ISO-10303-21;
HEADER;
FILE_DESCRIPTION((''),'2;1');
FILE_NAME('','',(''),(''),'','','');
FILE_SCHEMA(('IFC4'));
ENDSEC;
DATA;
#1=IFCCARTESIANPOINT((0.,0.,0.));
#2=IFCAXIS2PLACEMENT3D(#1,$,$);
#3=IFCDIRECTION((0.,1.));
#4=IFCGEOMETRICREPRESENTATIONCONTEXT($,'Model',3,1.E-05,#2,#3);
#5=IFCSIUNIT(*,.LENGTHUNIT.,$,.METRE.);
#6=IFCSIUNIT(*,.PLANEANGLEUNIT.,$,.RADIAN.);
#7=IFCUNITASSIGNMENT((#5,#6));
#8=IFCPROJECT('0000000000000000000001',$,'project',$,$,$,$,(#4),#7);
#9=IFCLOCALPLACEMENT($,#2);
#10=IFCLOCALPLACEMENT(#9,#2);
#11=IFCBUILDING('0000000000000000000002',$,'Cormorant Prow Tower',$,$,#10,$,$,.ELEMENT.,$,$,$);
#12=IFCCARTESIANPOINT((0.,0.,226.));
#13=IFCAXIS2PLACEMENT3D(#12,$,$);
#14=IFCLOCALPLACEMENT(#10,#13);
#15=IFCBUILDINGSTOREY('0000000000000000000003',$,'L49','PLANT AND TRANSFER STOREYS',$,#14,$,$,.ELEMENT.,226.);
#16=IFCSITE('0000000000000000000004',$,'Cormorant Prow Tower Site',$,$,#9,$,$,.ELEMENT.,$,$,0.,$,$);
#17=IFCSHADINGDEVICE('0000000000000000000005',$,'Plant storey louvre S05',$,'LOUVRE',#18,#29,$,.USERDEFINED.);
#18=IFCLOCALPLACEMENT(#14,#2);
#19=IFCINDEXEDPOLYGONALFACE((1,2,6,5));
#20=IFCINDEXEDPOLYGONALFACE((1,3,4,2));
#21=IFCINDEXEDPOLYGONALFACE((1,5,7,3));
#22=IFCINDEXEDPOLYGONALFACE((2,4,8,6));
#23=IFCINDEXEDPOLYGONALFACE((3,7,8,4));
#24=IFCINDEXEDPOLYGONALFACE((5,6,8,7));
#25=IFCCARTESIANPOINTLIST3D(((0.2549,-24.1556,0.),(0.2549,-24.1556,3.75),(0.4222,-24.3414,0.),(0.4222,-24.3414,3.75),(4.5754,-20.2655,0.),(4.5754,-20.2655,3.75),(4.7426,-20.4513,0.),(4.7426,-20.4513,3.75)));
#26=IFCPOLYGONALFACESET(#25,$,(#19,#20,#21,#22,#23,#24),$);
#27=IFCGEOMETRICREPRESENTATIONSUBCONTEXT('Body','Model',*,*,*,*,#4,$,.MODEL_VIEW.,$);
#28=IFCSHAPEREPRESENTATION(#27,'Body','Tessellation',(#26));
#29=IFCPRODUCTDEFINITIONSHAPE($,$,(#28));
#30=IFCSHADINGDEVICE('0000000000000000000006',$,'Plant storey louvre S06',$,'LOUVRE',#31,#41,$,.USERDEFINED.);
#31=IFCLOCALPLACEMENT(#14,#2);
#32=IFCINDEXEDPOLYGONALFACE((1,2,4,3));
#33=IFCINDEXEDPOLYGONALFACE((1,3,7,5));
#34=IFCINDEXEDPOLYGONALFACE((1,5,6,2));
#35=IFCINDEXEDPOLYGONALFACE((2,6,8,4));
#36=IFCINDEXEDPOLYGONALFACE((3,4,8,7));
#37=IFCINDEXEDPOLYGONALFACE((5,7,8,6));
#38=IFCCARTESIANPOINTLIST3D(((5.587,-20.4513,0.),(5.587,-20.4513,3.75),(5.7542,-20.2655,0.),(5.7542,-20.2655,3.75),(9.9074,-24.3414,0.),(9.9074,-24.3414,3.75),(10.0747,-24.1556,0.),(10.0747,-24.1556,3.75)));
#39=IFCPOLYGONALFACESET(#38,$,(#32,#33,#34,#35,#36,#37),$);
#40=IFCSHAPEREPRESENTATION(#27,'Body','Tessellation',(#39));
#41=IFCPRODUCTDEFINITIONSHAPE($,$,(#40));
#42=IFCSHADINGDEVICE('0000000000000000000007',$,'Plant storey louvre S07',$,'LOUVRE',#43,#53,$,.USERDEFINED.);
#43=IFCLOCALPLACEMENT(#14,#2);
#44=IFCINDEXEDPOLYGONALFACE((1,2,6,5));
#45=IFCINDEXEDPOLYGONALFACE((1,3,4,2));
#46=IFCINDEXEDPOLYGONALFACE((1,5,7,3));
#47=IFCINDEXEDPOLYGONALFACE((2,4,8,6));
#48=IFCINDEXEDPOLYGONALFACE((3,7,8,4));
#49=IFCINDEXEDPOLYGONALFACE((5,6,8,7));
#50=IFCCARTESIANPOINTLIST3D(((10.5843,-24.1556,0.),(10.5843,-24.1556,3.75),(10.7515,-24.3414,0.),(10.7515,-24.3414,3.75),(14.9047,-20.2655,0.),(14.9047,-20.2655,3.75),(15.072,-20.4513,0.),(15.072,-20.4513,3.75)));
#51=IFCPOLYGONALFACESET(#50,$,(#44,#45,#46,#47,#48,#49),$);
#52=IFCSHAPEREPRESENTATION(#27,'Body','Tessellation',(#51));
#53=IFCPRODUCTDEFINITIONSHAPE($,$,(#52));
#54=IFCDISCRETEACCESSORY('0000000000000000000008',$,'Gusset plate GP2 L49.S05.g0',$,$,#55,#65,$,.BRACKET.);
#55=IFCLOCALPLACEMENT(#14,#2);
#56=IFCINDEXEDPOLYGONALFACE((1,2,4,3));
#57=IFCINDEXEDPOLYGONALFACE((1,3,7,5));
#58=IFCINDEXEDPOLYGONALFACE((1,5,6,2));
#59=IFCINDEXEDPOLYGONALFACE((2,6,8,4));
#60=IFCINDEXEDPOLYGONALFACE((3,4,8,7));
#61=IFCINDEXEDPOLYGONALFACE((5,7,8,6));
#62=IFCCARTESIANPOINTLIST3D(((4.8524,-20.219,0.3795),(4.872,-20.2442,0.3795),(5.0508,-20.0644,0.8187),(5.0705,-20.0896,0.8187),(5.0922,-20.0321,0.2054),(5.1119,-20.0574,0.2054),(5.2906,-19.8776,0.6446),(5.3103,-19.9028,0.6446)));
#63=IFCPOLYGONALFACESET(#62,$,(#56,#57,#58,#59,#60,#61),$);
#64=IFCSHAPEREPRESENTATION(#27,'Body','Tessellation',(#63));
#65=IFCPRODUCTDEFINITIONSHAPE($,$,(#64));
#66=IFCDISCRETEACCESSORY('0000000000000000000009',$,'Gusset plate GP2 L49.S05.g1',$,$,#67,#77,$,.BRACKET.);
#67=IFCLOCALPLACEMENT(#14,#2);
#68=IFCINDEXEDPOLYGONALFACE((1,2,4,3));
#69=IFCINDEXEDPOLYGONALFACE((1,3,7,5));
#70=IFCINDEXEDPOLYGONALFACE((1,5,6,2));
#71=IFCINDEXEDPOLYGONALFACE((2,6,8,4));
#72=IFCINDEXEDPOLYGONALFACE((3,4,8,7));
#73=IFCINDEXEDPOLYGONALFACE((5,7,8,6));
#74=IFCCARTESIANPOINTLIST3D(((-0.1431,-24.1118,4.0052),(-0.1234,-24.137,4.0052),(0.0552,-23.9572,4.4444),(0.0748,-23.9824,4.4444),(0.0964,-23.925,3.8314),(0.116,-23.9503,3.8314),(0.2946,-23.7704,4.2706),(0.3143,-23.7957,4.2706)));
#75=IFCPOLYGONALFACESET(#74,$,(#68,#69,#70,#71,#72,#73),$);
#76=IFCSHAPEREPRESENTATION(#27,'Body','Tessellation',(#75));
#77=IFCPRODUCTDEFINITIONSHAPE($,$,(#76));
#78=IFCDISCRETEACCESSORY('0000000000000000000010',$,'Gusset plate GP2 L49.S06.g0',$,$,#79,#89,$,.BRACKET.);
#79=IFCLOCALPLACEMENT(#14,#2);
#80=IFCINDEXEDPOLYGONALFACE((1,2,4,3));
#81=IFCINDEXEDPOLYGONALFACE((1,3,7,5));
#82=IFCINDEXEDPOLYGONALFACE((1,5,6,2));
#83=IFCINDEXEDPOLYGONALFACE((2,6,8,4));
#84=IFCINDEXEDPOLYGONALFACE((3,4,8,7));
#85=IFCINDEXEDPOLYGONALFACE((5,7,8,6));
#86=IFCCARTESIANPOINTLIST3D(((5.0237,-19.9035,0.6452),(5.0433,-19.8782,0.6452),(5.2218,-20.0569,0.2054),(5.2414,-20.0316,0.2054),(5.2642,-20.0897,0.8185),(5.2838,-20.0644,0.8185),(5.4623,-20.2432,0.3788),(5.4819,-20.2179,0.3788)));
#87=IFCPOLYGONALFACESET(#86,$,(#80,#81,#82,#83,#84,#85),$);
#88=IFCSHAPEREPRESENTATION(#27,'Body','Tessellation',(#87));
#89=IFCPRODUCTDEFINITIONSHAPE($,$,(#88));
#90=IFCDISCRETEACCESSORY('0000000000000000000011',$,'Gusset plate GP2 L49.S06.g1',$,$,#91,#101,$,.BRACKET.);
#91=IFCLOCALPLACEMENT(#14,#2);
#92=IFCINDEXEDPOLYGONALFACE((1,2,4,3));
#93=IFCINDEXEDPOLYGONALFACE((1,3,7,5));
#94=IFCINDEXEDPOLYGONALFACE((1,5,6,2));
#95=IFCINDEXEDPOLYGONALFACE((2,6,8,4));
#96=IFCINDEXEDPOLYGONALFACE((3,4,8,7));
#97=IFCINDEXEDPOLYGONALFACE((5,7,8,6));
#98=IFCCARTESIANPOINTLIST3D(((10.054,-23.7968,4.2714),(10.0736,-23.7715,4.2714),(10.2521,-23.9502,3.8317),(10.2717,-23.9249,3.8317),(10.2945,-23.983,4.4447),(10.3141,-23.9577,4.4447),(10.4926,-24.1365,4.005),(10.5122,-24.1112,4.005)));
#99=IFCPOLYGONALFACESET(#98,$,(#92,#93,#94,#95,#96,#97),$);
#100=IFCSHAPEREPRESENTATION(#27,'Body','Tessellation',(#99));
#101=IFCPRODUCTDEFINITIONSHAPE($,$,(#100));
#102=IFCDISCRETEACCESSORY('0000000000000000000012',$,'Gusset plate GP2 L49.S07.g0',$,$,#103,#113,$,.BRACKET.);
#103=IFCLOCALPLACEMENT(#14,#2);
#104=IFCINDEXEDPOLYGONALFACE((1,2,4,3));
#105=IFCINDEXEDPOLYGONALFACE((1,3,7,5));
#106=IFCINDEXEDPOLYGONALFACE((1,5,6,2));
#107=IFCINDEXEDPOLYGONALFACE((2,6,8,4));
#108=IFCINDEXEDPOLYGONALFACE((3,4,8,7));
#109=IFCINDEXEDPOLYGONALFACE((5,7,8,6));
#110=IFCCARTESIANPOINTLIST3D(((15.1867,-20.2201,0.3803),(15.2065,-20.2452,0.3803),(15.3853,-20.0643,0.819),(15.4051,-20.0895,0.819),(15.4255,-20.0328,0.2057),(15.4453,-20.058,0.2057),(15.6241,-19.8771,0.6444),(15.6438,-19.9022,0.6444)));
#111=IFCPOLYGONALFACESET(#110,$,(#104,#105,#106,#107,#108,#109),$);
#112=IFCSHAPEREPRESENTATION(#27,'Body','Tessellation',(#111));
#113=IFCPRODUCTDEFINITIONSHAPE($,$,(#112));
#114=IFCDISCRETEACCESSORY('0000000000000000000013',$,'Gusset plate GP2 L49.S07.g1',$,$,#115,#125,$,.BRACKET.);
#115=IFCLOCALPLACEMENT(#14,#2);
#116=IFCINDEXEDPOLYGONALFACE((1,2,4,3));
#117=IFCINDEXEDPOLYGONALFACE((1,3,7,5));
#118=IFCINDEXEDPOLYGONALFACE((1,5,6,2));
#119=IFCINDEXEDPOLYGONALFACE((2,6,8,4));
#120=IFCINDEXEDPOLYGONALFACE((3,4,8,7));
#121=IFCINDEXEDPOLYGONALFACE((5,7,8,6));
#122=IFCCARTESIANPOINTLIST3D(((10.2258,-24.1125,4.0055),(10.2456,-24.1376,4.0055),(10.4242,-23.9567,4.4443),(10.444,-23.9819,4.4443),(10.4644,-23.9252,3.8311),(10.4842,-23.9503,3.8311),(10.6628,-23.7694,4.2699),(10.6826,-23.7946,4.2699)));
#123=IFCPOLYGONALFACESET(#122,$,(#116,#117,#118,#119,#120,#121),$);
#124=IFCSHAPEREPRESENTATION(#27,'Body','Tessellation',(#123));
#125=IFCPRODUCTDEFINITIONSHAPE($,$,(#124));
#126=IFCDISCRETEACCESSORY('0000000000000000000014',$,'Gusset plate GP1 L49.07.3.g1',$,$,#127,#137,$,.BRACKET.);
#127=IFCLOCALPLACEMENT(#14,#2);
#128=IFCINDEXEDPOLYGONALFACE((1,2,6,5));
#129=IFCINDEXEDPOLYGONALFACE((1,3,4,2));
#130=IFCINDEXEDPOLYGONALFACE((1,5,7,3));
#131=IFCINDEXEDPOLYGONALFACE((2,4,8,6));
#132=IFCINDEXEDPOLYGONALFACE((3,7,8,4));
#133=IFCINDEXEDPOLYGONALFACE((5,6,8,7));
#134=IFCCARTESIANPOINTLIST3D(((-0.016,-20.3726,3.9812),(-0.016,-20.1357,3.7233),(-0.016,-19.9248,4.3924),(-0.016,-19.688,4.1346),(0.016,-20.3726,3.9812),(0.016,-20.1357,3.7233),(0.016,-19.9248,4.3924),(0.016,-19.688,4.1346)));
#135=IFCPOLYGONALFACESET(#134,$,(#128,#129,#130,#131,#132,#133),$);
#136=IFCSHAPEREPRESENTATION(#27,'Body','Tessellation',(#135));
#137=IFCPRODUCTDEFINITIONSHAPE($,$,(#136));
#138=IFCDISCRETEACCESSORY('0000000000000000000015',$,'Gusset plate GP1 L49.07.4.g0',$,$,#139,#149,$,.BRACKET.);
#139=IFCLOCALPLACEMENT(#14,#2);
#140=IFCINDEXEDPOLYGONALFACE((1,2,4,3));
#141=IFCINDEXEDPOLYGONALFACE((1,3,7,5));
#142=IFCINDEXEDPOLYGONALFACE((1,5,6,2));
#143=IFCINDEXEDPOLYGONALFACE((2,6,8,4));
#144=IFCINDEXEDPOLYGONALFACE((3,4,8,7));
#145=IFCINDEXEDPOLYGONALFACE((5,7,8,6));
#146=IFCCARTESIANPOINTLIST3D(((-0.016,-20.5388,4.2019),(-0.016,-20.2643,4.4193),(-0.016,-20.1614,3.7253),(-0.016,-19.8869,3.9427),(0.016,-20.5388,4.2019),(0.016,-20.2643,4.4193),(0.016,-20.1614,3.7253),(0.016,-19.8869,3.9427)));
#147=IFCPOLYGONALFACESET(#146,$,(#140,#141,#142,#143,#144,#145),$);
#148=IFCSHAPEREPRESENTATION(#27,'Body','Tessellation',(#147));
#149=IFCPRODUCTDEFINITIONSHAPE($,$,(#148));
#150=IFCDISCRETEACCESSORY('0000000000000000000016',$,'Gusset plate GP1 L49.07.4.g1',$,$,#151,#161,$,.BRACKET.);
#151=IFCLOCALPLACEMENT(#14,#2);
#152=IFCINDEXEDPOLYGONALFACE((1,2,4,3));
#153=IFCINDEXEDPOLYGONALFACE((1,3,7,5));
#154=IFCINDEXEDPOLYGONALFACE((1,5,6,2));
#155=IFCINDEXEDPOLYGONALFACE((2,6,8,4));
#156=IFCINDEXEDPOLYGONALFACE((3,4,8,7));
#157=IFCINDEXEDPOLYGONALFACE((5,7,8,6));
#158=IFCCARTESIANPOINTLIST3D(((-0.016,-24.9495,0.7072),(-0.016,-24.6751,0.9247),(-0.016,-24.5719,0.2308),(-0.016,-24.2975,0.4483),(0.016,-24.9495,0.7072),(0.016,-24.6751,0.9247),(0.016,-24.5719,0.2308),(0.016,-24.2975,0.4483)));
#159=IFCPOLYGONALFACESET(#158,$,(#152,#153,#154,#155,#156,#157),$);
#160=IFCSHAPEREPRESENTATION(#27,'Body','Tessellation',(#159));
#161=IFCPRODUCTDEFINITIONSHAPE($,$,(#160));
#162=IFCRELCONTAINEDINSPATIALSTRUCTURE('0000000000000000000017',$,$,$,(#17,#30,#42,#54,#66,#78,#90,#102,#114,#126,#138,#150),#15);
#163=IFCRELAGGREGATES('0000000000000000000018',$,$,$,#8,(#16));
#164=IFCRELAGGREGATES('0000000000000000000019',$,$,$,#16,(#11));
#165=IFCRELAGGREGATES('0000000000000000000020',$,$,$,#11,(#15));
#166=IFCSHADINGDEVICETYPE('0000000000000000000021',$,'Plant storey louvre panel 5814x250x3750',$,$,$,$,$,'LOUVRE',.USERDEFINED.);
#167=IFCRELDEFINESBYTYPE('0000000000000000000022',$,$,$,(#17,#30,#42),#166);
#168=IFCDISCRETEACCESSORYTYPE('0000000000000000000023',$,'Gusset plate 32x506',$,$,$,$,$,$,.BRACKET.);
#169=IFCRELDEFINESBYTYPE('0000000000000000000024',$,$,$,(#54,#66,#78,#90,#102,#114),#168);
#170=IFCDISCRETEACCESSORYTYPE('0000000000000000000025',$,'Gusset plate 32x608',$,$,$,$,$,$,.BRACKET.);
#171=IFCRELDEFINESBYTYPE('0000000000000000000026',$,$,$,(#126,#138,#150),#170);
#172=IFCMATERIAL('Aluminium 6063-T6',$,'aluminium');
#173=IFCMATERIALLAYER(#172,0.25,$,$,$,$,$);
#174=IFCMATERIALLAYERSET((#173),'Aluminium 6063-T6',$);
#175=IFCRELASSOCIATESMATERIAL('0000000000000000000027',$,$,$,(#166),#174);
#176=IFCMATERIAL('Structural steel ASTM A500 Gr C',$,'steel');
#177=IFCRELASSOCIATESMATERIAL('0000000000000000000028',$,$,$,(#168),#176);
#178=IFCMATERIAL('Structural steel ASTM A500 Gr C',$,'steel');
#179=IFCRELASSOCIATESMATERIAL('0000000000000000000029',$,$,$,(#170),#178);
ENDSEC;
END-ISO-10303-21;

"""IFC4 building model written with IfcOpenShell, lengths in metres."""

from ifc_helpers import new_model, si_unit, direction, frame, origin, origin_2d, place, context, subcontext, project, spatial, rectangle, extrude, material, layer, layer_set, material_profile, profile_set, type_object, element, save


model = new_model("IFC4")

# Units and contexts
model_context = context("Model", 3, precision=1e-05, world=origin(), true_north=direction((0.0, 1.0)))
body_context = subcontext(model_context, "Body", "Model", "MODEL_VIEW")
ifc_project = project(units=[si_unit("LENGTHUNIT", "METRE"), si_unit("PLANEANGLEUNIT", "RADIAN")], contexts=[model_context])

# Site, building, storey
site_placement = place(None, origin())
site = spatial("IfcSite", under=ifc_project, at=site_placement, Name="Cormorant Prow Tower Site", CompositionType="ELEMENT", RefElevation=0.0)
building_placement = place(site_placement, origin())
building = spatial("IfcBuilding", under=site, at=building_placement, Name="Cormorant Prow Tower", CompositionType="ELEMENT")
storey_placement = place(building_placement, frame((0.0, 0.0, 226.0)))
storey = spatial("IfcBuildingStorey", under=building, at=storey_placement, Name="L49", Description="PLANT AND TRANSFER STOREYS", CompositionType="ELEMENT", Elevation=226.0)

# Shading devices
ifc_material_1 = material(Name="Aluminium 6063-T6", Category="aluminium")
ifc_layer_1 = layer(ifc_material_1, 0.25)
ifc_layer_set_1 = layer_set([ifc_layer_1], Name="Aluminium 6063-T6")
shading_device_type = type_object("IfcShadingDeviceType", Name="Plant storey louvre panel 5814x250x3750", ElementType="LOUVRE", PredefinedType="USERDEFINED", material=ifc_layer_set_1)
for number, where, z_axis, x_axis, name in (
    (1, (2.4988, -22.3035, 0.0), (0.0, 0.0, 1.0), (0.743145, 0.669131, 0.0), "Plant storey louvre S05"),
    (2, (7.8308, -22.3035, 0.0), (0.0, 0.0, 1.0), (0.743145, -0.669131, 0.0), "Plant storey louvre S06"),
    (3, (12.8281, -22.3035, 0.0), (0.0, 0.0, 1.0), (0.743145, 0.669131, 0.0), "Plant storey louvre S07"),
):
    element("IfcShadingDevice", number, at=place(storey_placement, frame(where, z_axis=z_axis, x_axis=x_axis)), inside=storey, type_object=shading_device_type, Name=name, ObjectType="LOUVRE", PredefinedType="USERDEFINED", context=body_context, shape_type="SweptSolid", body=[
        extrude(rectangle(XDim=5.8137, YDim=0.25, at=origin_2d()), origin(), (0.0, 0.0, 1.0), 3.75),
    ])

# Discrete accessories
ifc_material_2 = material(Name="Structural steel ASTM A500 Gr C", Category="steel")
ifc_material_profile_1 = material_profile(ifc_material_2, rectangle(XDim=0.032, YDim=0.5061, at=origin_2d()), Name="Gusset plate 32x506")
ifc_profile_set_1 = profile_set([ifc_material_profile_1], Name="Structural steel ASTM A500 Gr C")
discrete_accessory_type_1 = type_object("IfcDiscreteAccessoryType", Name="Gusset plate 32x506", PredefinedType="BRACKET", material=ifc_profile_set_1)
discrete_accessory_1_placement = place(storey_placement, frame((4.9614, -20.1543, 0.5991), z_axis=(0.684538, 0.53327, -0.497022), x_axis=(-0.614552, 0.788876, 0.0)))
element("IfcDiscreteAccessory", 4, at=discrete_accessory_1_placement, inside=storey, type_object=discrete_accessory_type_1, Name="Gusset plate GP2 L49.S05.g0", PredefinedType="BRACKET", context=body_context, shape_type="SweptSolid", body=[
    extrude(rectangle(XDim=0.032, YDim=0.5061, at=origin_2d()), origin(), (0.0, 0.0, 1.0), 0.3503),
])
discrete_accessory_2_placement = place(storey_placement, frame((0.2053, -23.8604, 4.051), z_axis=(-0.684404, -0.53371, 0.496734), x_axis=(0.614942, -0.788572, 0.0)))
element("IfcDiscreteAccessory", 5, at=discrete_accessory_2_placement, inside=storey, type_object=discrete_accessory_type_1, Name="Gusset plate GP2 L49.S05.g1", PredefinedType="BRACKET", context=body_context, shape_type="SweptSolid", body=[
    extrude(rectangle(XDim=0.032, YDim=0.5061, at=origin_2d()), origin(), (0.0, 0.0, 1.0), 0.3499),
])
for number, where, z_axis, x_axis, name in (
    (6, (5.373, -20.1538, 0.5986), (-0.686867, 0.53206, -0.495102), (-0.612384, -0.790561, 0.0), "Gusset plate GP2 L49.S06.g0"),
    (7, (10.1628, -23.8608, 4.0515), (0.686867, -0.53206, 0.495102), (0.612384, 0.790561, 0.0), "Gusset plate GP2 L49.S06.g1"),
    (8, (15.2959, -20.1548, 0.5996), (0.682068, 0.534914, -0.498649), (-0.617111, 0.786876, 0.0), "Gusset plate GP2 L49.S07.g0"),
):
    element("IfcDiscreteAccessory", number, at=place(storey_placement, frame(where, z_axis=z_axis, x_axis=x_axis)), inside=storey, type_object=discrete_accessory_type_1, Name=name, PredefinedType="BRACKET", context=body_context, shape_type="SweptSolid", body=[
        extrude(rectangle(XDim=0.032, YDim=0.5061, at=origin_2d()), origin(), (0.0, 0.0, 1.0), 0.3501),
    ])
discrete_accessory_3_placement = place(storey_placement, frame((10.5735, -23.8599, 4.0505), z_axis=(-0.681932, -0.535355, 0.498362), x_axis=(0.617501, -0.78657, 0.0)))
element("IfcDiscreteAccessory", 9, at=discrete_accessory_3_placement, inside=storey, type_object=discrete_accessory_type_1, Name="Gusset plate GP2 L49.S07.g1", PredefinedType="BRACKET", context=body_context, shape_type="SweptSolid", body=[
    extrude(rectangle(XDim=0.032, YDim=0.5061, at=origin_2d()), origin(), (0.0, 0.0, 1.0), 0.3499),
])
ifc_material_3 = material(Name="Structural steel ASTM A500 Gr C", Category="steel")
ifc_material_profile_2 = material_profile(ifc_material_3, rectangle(XDim=0.032, YDim=0.6079, at=origin_2d()), Name="Gusset plate 32x608")
ifc_profile_set_2 = profile_set([ifc_material_profile_2], Name="Structural steel ASTM A500 Gr C")
discrete_accessory_type_2 = type_object("IfcDiscreteAccessoryType", Name="Gusset plate 32x608", PredefinedType="BRACKET", material=ifc_profile_set_2)
for number, where, z_axis, x_axis, name in (
    (10, (0.0, -19.9119, 3.929), (0.0, -0.676482, 0.736459), (1.0, 0.0, 0.0), "Gusset plate GP1 L49.07.3.g1"),
    (11, (0.0, -20.3501, 3.9636), (0.0, 0.783989, 0.620774), (-1.0, 0.0, 0.0), "Gusset plate GP1 L49.07.4.g0"),
    (12, (0.0, -24.4863, 0.6865), (0.0, -0.78365, -0.621203), (1.0, 0.0, 0.0), "Gusset plate GP1 L49.07.4.g1"),
):
    element("IfcDiscreteAccessory", number, at=place(storey_placement, frame(where, z_axis=z_axis, x_axis=x_axis)), inside=storey, type_object=discrete_accessory_type_2, Name=name, PredefinedType="BRACKET", context=body_context, shape_type="SweptSolid", body=[
        extrude(rectangle(XDim=0.032, YDim=0.6079, at=origin_2d()), origin(), (0.0, 0.0, 1.0), 0.3501),
    ])

save(model, "model.ifc")
